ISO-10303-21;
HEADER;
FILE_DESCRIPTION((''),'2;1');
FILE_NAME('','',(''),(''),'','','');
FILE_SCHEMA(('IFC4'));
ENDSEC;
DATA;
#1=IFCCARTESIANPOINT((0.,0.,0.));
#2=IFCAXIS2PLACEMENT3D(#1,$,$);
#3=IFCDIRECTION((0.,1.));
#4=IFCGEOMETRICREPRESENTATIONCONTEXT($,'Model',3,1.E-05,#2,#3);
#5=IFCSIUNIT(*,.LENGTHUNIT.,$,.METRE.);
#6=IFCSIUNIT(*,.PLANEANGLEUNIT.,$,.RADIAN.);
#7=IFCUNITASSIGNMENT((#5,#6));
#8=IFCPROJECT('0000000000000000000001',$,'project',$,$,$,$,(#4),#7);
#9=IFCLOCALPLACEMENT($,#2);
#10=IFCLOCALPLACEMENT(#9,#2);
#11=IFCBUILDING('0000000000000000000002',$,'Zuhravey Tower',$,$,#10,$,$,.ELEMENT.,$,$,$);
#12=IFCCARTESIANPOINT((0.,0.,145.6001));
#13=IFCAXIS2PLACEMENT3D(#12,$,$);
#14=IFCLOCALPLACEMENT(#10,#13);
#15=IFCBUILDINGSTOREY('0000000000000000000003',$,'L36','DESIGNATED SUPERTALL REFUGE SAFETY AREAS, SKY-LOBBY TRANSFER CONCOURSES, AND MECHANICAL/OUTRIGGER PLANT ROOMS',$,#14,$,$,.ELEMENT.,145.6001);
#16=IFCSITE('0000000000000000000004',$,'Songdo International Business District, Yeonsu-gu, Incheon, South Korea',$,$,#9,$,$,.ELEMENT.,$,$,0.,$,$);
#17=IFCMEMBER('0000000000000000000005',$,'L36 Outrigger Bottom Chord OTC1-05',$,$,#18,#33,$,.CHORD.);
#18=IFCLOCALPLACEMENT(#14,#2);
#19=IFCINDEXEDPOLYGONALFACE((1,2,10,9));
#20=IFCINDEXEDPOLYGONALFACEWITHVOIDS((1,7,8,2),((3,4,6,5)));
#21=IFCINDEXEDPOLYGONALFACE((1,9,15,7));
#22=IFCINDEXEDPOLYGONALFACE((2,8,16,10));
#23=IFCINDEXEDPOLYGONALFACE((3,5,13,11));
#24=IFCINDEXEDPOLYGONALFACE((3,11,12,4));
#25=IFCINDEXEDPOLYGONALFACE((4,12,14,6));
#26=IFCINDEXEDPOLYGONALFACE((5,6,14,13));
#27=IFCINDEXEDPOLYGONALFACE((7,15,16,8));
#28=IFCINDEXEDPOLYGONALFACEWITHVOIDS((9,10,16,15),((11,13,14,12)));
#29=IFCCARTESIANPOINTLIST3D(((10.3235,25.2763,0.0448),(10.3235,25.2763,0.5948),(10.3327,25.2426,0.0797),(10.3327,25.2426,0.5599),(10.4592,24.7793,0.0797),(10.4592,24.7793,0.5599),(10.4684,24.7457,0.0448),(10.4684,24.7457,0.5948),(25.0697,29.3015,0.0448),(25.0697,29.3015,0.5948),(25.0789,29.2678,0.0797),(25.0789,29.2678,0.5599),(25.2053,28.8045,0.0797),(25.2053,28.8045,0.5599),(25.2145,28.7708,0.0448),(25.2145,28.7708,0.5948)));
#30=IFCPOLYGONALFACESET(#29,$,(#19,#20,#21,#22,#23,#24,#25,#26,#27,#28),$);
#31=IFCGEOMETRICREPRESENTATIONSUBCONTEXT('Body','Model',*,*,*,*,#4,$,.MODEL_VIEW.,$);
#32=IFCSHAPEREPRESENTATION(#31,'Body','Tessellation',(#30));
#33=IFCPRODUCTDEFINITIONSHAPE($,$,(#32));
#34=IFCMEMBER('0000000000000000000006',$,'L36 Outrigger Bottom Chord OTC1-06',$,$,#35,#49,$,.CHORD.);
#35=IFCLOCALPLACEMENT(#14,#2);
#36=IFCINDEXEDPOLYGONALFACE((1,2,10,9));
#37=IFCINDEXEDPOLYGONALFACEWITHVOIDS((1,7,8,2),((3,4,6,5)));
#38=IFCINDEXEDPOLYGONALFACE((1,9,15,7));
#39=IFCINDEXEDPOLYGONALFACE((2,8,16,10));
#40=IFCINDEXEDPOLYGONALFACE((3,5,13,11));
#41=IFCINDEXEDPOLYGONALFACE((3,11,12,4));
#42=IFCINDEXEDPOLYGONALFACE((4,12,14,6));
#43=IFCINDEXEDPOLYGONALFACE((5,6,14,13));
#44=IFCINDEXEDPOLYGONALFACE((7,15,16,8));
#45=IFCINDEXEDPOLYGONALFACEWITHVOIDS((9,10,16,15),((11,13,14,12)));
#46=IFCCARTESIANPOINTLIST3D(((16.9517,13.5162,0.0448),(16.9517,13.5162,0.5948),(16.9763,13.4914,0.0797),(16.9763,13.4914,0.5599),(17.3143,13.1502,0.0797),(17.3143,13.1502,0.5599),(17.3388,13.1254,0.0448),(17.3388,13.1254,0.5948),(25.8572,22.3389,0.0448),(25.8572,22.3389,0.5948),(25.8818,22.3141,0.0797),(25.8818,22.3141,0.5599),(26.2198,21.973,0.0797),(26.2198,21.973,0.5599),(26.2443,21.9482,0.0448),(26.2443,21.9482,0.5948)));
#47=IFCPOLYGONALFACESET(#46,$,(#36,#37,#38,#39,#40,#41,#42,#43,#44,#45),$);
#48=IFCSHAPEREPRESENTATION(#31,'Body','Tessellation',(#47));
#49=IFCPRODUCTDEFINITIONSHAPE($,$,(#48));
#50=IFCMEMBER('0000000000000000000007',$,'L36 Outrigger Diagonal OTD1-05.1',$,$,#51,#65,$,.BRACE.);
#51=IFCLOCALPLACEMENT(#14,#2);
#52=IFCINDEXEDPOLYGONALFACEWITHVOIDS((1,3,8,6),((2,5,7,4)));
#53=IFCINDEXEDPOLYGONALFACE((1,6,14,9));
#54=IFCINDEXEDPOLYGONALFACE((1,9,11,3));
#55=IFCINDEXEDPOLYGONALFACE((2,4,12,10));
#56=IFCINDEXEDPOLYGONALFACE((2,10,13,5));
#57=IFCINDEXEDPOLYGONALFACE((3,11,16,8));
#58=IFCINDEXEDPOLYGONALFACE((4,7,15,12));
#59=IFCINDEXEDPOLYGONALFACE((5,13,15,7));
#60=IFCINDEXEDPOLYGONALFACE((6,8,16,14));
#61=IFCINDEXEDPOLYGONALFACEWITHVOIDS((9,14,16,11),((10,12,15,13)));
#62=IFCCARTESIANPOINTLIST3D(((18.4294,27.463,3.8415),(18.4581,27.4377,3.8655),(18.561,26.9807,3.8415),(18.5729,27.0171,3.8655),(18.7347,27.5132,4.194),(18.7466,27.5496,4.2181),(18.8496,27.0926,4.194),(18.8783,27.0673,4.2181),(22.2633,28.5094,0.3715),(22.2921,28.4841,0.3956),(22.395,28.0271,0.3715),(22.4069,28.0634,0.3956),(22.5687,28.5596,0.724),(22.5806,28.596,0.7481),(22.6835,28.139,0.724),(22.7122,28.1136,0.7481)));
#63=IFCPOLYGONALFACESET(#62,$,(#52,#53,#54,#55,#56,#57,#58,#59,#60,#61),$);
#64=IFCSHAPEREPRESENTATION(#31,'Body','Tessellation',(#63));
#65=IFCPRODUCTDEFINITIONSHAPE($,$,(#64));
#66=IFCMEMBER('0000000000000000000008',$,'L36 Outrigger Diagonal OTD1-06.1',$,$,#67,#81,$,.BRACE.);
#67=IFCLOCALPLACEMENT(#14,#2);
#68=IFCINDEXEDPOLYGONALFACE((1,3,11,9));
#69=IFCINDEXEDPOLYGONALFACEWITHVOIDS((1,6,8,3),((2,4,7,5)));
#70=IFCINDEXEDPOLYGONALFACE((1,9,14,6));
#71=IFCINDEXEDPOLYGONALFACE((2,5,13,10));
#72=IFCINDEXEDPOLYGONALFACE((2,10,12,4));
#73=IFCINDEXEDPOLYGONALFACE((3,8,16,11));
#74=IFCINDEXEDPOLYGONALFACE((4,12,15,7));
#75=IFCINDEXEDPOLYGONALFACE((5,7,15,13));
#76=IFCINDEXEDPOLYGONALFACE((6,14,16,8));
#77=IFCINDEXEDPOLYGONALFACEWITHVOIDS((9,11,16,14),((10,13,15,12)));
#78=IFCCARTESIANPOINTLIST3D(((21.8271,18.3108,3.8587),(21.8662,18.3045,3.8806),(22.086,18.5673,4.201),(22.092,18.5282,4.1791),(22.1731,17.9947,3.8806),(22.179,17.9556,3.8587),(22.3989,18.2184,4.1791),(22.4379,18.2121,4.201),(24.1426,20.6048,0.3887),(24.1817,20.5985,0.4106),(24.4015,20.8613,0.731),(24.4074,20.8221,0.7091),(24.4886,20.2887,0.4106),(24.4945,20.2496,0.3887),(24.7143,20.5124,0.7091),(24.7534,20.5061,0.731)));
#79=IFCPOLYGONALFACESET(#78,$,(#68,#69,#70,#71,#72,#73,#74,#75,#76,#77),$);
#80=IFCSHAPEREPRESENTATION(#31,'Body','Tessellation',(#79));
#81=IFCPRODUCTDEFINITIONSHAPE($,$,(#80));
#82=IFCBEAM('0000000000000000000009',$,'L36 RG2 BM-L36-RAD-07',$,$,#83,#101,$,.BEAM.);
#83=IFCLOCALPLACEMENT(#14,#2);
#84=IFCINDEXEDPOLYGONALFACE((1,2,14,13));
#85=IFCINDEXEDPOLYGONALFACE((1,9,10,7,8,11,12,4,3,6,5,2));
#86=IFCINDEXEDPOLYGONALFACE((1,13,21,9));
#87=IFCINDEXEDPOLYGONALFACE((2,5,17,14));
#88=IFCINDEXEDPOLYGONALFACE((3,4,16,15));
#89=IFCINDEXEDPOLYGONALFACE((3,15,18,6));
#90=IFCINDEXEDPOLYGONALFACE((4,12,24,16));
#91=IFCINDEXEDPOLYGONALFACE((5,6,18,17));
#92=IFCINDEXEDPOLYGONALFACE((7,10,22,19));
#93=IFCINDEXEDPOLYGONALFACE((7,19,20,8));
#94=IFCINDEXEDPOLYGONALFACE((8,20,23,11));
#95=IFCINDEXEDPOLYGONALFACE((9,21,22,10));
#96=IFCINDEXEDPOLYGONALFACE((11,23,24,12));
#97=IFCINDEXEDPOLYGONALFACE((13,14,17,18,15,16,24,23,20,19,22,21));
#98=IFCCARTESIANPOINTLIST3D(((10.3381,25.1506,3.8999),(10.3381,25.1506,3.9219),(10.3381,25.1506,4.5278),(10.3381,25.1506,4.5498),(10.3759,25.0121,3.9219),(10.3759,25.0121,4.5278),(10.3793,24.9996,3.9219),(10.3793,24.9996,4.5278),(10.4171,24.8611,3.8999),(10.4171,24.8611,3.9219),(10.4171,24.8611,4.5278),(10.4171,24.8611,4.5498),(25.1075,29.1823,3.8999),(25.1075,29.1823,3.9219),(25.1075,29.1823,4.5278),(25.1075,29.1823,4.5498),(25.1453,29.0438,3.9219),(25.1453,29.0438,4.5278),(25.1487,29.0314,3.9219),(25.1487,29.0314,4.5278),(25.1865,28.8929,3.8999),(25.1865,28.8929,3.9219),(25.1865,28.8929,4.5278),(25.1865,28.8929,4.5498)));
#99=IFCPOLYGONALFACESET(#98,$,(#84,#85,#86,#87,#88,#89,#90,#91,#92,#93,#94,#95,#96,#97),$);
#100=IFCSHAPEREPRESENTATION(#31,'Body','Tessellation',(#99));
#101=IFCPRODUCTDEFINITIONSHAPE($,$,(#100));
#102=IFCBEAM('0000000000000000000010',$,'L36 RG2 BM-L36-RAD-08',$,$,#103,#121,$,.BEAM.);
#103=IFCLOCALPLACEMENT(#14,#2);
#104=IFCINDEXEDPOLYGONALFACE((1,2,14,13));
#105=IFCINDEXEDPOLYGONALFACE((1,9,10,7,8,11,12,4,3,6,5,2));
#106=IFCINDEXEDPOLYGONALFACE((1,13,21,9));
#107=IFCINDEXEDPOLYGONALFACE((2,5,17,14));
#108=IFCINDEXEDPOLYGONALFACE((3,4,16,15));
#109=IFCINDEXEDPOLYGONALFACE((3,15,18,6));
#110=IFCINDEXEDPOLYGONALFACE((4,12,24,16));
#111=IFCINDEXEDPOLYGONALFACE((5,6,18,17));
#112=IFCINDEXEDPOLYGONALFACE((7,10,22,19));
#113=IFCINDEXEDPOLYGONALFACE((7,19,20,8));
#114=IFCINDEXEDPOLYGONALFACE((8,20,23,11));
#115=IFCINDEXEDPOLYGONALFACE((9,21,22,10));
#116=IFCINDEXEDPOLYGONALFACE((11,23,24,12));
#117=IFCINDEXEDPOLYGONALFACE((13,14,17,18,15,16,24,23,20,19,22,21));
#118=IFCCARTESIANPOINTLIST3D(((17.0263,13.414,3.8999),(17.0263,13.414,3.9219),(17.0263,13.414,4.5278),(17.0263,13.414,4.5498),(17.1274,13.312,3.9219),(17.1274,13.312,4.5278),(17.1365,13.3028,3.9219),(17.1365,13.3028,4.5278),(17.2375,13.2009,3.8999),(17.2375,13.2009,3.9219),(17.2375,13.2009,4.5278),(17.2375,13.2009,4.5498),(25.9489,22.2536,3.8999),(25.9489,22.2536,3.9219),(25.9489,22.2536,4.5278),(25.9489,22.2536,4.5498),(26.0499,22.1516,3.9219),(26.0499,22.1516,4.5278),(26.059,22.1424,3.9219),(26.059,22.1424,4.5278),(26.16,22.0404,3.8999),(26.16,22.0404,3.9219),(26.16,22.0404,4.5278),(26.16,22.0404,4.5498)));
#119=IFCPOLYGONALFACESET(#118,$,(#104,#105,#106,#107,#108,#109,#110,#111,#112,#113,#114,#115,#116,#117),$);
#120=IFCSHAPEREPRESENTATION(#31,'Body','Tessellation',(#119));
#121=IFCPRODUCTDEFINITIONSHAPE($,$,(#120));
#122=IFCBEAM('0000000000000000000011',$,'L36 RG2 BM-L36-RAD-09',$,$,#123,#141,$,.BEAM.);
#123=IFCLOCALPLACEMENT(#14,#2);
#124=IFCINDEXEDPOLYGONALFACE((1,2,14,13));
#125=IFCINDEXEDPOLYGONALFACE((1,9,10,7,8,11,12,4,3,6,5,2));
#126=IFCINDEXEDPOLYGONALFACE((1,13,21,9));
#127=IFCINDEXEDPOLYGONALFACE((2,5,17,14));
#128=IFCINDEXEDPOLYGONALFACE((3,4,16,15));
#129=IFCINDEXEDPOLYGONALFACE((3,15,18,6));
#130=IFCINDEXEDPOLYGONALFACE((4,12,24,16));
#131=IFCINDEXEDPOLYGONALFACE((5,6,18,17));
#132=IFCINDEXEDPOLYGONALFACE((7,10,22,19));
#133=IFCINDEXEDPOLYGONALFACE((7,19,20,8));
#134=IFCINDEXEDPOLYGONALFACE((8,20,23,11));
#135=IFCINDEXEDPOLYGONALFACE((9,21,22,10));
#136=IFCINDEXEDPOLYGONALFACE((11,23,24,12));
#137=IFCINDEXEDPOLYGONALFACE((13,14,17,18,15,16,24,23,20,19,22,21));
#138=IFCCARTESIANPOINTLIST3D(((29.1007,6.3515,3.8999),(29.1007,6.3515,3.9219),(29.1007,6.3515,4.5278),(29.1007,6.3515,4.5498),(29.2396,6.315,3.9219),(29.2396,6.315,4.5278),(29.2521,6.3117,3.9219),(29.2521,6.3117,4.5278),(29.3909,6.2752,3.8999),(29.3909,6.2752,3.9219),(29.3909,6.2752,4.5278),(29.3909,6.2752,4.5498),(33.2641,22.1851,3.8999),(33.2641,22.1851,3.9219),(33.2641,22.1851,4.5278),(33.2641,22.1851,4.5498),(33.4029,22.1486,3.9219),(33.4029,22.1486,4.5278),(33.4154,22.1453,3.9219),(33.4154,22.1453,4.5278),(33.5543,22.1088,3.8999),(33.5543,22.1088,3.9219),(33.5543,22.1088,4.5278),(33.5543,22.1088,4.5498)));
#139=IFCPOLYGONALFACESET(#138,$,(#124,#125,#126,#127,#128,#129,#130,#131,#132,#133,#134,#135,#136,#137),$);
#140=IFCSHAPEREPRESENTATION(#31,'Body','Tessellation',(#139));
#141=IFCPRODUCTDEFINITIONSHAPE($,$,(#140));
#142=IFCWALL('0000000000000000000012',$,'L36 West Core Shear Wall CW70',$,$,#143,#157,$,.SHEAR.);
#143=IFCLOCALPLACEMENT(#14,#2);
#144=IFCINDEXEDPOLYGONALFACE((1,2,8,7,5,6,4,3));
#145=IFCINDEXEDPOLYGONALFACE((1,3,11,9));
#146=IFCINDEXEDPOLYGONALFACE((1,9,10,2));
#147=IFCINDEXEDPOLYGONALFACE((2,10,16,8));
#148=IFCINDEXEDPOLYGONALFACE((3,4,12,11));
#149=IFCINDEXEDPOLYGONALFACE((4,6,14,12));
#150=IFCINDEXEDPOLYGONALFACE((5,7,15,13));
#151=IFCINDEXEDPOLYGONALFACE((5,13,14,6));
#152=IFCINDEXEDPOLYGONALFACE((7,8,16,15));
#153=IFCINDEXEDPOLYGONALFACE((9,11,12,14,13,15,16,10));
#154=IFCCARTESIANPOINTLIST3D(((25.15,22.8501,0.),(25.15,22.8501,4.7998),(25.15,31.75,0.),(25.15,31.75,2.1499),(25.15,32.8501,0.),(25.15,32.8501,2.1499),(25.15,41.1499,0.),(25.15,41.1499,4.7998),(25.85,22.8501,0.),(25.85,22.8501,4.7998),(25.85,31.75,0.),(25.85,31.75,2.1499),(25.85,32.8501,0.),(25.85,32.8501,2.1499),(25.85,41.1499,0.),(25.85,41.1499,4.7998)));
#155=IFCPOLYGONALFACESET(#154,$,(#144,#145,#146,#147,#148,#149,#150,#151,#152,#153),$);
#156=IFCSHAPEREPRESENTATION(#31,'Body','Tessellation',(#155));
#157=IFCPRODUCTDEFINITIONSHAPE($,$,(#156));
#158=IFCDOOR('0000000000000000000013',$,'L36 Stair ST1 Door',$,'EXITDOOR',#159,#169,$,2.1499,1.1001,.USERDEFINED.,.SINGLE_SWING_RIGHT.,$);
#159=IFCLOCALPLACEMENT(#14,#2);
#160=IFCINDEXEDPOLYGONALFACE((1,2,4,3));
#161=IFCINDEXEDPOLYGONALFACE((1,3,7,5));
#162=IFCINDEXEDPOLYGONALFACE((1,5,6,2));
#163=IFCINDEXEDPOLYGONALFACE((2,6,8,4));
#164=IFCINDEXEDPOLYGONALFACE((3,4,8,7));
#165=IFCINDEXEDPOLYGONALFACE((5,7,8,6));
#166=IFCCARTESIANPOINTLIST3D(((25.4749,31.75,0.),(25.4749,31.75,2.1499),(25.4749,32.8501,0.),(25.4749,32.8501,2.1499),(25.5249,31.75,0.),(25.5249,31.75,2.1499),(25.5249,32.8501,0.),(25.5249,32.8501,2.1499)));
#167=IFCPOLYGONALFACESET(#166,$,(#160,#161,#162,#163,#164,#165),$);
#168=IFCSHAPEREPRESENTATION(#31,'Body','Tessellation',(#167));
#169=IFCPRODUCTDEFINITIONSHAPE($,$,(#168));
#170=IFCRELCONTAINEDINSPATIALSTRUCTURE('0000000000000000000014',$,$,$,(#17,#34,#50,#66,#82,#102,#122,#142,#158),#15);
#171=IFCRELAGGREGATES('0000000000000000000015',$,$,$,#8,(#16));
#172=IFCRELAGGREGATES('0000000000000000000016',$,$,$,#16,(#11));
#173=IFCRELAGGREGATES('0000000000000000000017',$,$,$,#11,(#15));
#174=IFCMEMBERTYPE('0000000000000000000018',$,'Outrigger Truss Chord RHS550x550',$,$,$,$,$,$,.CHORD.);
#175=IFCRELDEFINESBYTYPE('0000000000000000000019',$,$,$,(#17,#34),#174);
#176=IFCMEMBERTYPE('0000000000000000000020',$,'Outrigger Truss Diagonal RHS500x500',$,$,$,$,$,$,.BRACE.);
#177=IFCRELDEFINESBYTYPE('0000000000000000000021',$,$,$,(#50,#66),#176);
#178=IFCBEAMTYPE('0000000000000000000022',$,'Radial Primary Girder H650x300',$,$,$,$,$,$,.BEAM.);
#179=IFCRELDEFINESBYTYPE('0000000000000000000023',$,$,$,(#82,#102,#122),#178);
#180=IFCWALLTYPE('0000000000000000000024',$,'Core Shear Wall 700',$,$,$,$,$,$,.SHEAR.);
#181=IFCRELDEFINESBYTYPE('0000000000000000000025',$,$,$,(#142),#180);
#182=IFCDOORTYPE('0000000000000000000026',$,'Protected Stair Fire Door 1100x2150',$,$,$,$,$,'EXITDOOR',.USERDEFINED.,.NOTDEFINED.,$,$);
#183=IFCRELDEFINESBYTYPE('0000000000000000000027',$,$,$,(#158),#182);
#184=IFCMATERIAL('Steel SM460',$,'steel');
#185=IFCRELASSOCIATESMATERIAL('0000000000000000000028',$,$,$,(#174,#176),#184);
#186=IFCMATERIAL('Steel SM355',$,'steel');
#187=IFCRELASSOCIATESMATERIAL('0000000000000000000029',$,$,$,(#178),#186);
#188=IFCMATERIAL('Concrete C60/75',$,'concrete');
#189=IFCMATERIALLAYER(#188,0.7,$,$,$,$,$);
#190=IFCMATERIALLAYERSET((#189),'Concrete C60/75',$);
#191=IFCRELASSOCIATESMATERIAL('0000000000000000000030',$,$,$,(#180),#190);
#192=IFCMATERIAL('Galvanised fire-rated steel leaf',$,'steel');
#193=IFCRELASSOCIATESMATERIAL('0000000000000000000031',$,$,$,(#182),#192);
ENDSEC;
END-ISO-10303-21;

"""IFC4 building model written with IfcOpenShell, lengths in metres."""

from ifc_helpers import new_model, si_unit, direction, frame, frame_2d, origin, origin_2d, place, context, subcontext, project, spatial, rectangle, hollow_rectangle, i_section, extrude, material, layer, layer_set, material_profile, profile_set, type_object, element, fill, save


model = new_model("IFC4")

# Units and contexts
model_context = context("Model", 3, precision=1e-05, world=origin(), true_north=direction((0.0, 1.0)))
body_context = subcontext(model_context, "Body", "Model", "MODEL_VIEW")
ifc_project = project(units=[si_unit("LENGTHUNIT", "METRE"), si_unit("PLANEANGLEUNIT", "RADIAN")], contexts=[model_context])

# Site, building, storey
site_placement = place(None, origin())
site = spatial("IfcSite", under=ifc_project, at=site_placement, Name="Songdo International Business District, Yeonsu-gu, Incheon, South Korea", CompositionType="ELEMENT", RefElevation=0.0)
building_placement = place(site_placement, origin())
building = spatial("IfcBuilding", under=site, at=building_placement, Name="Zuhravey Tower", CompositionType="ELEMENT")
storey_placement = place(building_placement, frame((0.0, 0.0, 145.6001)))
storey = spatial("IfcBuildingStorey", under=building, at=storey_placement, Name="L36", Description="DESIGNATED SUPERTALL REFUGE SAFETY AREAS, SKY-LOBBY TRANSFER CONCOURSES, AND MECHANICAL/OUTRIGGER PLANT ROOMS", CompositionType="ELEMENT", Elevation=145.6001)

# Members
ifc_material_1 = material(Name="Steel SM460", Category="steel")
ifc_material_profile_1 = material_profile(ifc_material_1, hollow_rectangle(XDim=0.55, YDim=0.55, WallThickness=0.0349, at=origin_2d()), Name="RHS-550x550x35")
ifc_profile_set_1 = profile_set([ifc_material_profile_1], Name="Steel SM460")
member_type_1 = type_object("IfcMemberType", Name="Outrigger Truss Chord RHS550x550", PredefinedType="CHORD", material=ifc_profile_set_1)
member_1_placement = place(storey_placement, frame((25.1421, 29.0361, 0.3198), z_axis=(-0.964706, -0.26333, 0.0), x_axis=(0.26333, -0.964706, 0.0)))
element("IfcMember", 1, at=member_1_placement, inside=storey, type_object=member_type_1, Name="L36 Outrigger Bottom Chord OTC1-05", PredefinedType="CHORD", context=body_context, shape_type="SweptSolid", body=[
    extrude(hollow_rectangle(XDim=0.55, YDim=0.55, WallThickness=0.0349, at=origin_2d()), origin(), (0.0, 0.0, 1.0), 15.2856),
])
member_2_placement = place(storey_placement, frame((26.0508, 22.1436, 0.3198), z_axis=(-0.7104, -0.703798, 0.0), x_axis=(0.703798, -0.7104, 0.0)))
element("IfcMember", 2, at=member_2_placement, inside=storey, type_object=member_type_1, Name="L36 Outrigger Bottom Chord OTC1-06", PredefinedType="CHORD", context=body_context, shape_type="SweptSolid", body=[
    extrude(hollow_rectangle(XDim=0.55, YDim=0.55, WallThickness=0.0349, at=origin_2d()), origin(), (0.0, 0.0, 1.0), 12.5359),
])
ifc_material_profile_2 = material_profile(ifc_material_1, hollow_rectangle(XDim=0.5, YDim=0.5, WallThickness=0.032, at=origin_2d()), Name="RHS-500x500x32")
ifc_profile_set_2 = profile_set([ifc_material_profile_2], Name="Steel SM460")
member_type_2 = type_object("IfcMemberType", Name="Outrigger Truss Diagonal RHS500x500", PredefinedType="BRACE", material=ifc_profile_set_2)
member_3_placement = place(storey_placement, frame((22.4878, 28.3115, 0.5598), z_axis=(-0.726699, -0.198334, 0.657703), x_axis=(0.263294, -0.964716, 0.0)))
element("IfcMember", 3, at=member_3_placement, inside=storey, type_object=member_type_2, Name="L36 Outrigger Diagonal OTD1-05.1", PredefinedType="BRACE", context=body_context, shape_type="SweptSolid", body=[
    extrude(hollow_rectangle(XDim=0.5, YDim=0.5, WallThickness=0.032, at=origin_2d()), origin(), (0.0, 0.0, 1.0), 5.2759),
])
member_4_placement = place(storey_placement, frame((24.448, 20.5554, 0.5598), z_axis=(-0.486365, -0.481852, 0.728881), x_axis=(0.703803, -0.710395, 0.0)))
element("IfcMember", 4, at=member_4_placement, inside=storey, type_object=member_type_2, Name="L36 Outrigger Diagonal OTD1-06.1", PredefinedType="BRACE", context=body_context, shape_type="SweptSolid", body=[
    extrude(hollow_rectangle(XDim=0.5, YDim=0.5, WallThickness=0.032, at=origin_2d()), origin(), (0.0, 0.0, 1.0), 4.7607),
])

# Beams
ifc_material_2 = material(Name="Steel SM355", Category="steel")
ifc_material_profile_3 = material_profile(ifc_material_2, i_section(OverallWidth=0.3, OverallDepth=0.6499, WebThickness=0.0129, FlangeThickness=0.022, at=origin_2d()), Name="H-650x300x13x22")
ifc_profile_set_3 = profile_set([ifc_material_profile_3], Name="Steel SM355")
beam_type = type_object("IfcBeamType", Name="Radial Primary Girder H650x300", PredefinedType="BEAM", material=ifc_profile_set_3)
beam_1_placement = place(storey_placement, frame((25.147, 29.0376, 4.2249), z_axis=(-0.964702, -0.263345, 0.0), x_axis=(0.263345, -0.964702, 0.0)))
element("IfcBeam", 5, at=beam_1_placement, inside=storey, type_object=beam_type, Name="L36 RG2 BM-L36-RAD-07", PredefinedType="BEAM", context=body_context, shape_type="SweptSolid", body=[
    extrude(i_section(OverallWidth=0.3, OverallDepth=0.6499, WebThickness=0.0129, FlangeThickness=0.022, at=origin_2d()), origin(), (0.0, 0.0, 1.0), 15.3098),
])
beam_2_placement = place(storey_placement, frame((26.0544, 22.147, 4.2249), z_axis=(-0.710404, -0.703795, 0.0), x_axis=(0.703795, -0.710404, 0.0)))
element("IfcBeam", 6, at=beam_2_placement, inside=storey, type_object=beam_type, Name="L36 RG2 BM-L36-RAD-08", PredefinedType="BEAM", context=body_context, shape_type="SweptSolid", body=[
    extrude(i_section(OverallWidth=0.3, OverallDepth=0.6499, WebThickness=0.0129, FlangeThickness=0.022, at=origin_2d()), origin(), (0.0, 0.0, 1.0), 12.5598),
])
beam_3_placement = place(storey_placement, frame((33.4092, 22.147, 4.2249), z_axis=(-0.2543, -0.967125, 0.0), x_axis=(0.967125, -0.2543, 0.0)))
element("IfcBeam", 7, at=beam_3_placement, inside=storey, type_object=beam_type, Name="L36 RG2 BM-L36-RAD-09", PredefinedType="BEAM", context=body_context, shape_type="SweptSolid", body=[
    extrude(i_section(OverallWidth=0.3, OverallDepth=0.6499, WebThickness=0.0129, FlangeThickness=0.022, at=origin_2d()), origin(), (0.0, 0.0, 1.0), 16.3718),
])

# Wall, opening, door
ifc_material_3 = material(Name="Concrete C60/75", Category="concrete")
ifc_layer_1 = layer(ifc_material_3, 0.7)
ifc_layer_set_1 = layer_set([ifc_layer_1], Name="Concrete C60/75")
wall_type_1 = type_object("IfcWallType", Name="Core Shear Wall 700", PredefinedType="SHEAR", material=ifc_layer_set_1)
ifc_material_4 = material(Name="Galvanised fire-rated steel leaf", Category="steel")
wall_1_placement = place(storey_placement, frame((25.5, 22.8501, 0.0), z_axis=(0.0, 0.0, 1.0), x_axis=(0.0, 1.0, 0.0)))
wall_1 = element("IfcWall", 8, at=wall_1_placement, inside=storey, type_object=wall_type_1, Name="L36 West Core Shear Wall CW70", PredefinedType="SHEAR", context=body_context, shape_type="SweptSolid", body=[
    extrude(rectangle(XDim=18.2998, YDim=0.7, at=frame_2d((9.1499, 0.0))), origin(), (0.0, 0.0, 1.0), 4.7998),
])
opening_1_placement = place(wall_1_placement, frame((8.8999, 0.0, 0.0)))
opening_1 = element("IfcOpeningElement", 9, at=opening_1_placement, cuts=wall_1, PredefinedType="OPENING", context=body_context, shape_type="SweptSolid", body=[
    extrude(rectangle(XDim=1.1001, YDim=2.1499, at=frame_2d((0.55, 1.075))), frame((0.0, 0.3621, 0.0), z_axis=(0.0, -1.0, 0.0), x_axis=(1.0, 0.0, 0.0)), (0.0, 0.0, 1.0), 0.7239),
])
door_type_1 = type_object("IfcDoorType", Name="Protected Stair Fire Door 1100x2150", ElementType="EXITDOOR", OperationType="NOTDEFINED", PredefinedType="USERDEFINED", material=ifc_material_4)
door_1_placement = place(opening_1_placement, frame((1.1001, 0.0, 0.0), z_axis=(0.0, 0.0, 1.0), x_axis=(-1.0, 0.0, 0.0)))
door_1 = element("IfcDoor", 10, at=door_1_placement, inside=storey, type_object=door_type_1, Name="L36 Stair ST1 Door", ObjectType="EXITDOOR", OperationType="SINGLE_SWING_RIGHT", OverallHeight=2.1499, OverallWidth=1.1001, PredefinedType="USERDEFINED", context=body_context, shape_type="SweptSolid", body=[
    extrude(rectangle(XDim=1.1001, YDim=2.1499, at=frame_2d((0.55, 1.075))), frame((0.0, 0.0249, 0.0), z_axis=(0.0, -1.0, 0.0), x_axis=(1.0, 0.0, 0.0)), (0.0, 0.0, 1.0), 0.05),
])
fill(opening_1, door_1)

save(model, "model.ifc")
